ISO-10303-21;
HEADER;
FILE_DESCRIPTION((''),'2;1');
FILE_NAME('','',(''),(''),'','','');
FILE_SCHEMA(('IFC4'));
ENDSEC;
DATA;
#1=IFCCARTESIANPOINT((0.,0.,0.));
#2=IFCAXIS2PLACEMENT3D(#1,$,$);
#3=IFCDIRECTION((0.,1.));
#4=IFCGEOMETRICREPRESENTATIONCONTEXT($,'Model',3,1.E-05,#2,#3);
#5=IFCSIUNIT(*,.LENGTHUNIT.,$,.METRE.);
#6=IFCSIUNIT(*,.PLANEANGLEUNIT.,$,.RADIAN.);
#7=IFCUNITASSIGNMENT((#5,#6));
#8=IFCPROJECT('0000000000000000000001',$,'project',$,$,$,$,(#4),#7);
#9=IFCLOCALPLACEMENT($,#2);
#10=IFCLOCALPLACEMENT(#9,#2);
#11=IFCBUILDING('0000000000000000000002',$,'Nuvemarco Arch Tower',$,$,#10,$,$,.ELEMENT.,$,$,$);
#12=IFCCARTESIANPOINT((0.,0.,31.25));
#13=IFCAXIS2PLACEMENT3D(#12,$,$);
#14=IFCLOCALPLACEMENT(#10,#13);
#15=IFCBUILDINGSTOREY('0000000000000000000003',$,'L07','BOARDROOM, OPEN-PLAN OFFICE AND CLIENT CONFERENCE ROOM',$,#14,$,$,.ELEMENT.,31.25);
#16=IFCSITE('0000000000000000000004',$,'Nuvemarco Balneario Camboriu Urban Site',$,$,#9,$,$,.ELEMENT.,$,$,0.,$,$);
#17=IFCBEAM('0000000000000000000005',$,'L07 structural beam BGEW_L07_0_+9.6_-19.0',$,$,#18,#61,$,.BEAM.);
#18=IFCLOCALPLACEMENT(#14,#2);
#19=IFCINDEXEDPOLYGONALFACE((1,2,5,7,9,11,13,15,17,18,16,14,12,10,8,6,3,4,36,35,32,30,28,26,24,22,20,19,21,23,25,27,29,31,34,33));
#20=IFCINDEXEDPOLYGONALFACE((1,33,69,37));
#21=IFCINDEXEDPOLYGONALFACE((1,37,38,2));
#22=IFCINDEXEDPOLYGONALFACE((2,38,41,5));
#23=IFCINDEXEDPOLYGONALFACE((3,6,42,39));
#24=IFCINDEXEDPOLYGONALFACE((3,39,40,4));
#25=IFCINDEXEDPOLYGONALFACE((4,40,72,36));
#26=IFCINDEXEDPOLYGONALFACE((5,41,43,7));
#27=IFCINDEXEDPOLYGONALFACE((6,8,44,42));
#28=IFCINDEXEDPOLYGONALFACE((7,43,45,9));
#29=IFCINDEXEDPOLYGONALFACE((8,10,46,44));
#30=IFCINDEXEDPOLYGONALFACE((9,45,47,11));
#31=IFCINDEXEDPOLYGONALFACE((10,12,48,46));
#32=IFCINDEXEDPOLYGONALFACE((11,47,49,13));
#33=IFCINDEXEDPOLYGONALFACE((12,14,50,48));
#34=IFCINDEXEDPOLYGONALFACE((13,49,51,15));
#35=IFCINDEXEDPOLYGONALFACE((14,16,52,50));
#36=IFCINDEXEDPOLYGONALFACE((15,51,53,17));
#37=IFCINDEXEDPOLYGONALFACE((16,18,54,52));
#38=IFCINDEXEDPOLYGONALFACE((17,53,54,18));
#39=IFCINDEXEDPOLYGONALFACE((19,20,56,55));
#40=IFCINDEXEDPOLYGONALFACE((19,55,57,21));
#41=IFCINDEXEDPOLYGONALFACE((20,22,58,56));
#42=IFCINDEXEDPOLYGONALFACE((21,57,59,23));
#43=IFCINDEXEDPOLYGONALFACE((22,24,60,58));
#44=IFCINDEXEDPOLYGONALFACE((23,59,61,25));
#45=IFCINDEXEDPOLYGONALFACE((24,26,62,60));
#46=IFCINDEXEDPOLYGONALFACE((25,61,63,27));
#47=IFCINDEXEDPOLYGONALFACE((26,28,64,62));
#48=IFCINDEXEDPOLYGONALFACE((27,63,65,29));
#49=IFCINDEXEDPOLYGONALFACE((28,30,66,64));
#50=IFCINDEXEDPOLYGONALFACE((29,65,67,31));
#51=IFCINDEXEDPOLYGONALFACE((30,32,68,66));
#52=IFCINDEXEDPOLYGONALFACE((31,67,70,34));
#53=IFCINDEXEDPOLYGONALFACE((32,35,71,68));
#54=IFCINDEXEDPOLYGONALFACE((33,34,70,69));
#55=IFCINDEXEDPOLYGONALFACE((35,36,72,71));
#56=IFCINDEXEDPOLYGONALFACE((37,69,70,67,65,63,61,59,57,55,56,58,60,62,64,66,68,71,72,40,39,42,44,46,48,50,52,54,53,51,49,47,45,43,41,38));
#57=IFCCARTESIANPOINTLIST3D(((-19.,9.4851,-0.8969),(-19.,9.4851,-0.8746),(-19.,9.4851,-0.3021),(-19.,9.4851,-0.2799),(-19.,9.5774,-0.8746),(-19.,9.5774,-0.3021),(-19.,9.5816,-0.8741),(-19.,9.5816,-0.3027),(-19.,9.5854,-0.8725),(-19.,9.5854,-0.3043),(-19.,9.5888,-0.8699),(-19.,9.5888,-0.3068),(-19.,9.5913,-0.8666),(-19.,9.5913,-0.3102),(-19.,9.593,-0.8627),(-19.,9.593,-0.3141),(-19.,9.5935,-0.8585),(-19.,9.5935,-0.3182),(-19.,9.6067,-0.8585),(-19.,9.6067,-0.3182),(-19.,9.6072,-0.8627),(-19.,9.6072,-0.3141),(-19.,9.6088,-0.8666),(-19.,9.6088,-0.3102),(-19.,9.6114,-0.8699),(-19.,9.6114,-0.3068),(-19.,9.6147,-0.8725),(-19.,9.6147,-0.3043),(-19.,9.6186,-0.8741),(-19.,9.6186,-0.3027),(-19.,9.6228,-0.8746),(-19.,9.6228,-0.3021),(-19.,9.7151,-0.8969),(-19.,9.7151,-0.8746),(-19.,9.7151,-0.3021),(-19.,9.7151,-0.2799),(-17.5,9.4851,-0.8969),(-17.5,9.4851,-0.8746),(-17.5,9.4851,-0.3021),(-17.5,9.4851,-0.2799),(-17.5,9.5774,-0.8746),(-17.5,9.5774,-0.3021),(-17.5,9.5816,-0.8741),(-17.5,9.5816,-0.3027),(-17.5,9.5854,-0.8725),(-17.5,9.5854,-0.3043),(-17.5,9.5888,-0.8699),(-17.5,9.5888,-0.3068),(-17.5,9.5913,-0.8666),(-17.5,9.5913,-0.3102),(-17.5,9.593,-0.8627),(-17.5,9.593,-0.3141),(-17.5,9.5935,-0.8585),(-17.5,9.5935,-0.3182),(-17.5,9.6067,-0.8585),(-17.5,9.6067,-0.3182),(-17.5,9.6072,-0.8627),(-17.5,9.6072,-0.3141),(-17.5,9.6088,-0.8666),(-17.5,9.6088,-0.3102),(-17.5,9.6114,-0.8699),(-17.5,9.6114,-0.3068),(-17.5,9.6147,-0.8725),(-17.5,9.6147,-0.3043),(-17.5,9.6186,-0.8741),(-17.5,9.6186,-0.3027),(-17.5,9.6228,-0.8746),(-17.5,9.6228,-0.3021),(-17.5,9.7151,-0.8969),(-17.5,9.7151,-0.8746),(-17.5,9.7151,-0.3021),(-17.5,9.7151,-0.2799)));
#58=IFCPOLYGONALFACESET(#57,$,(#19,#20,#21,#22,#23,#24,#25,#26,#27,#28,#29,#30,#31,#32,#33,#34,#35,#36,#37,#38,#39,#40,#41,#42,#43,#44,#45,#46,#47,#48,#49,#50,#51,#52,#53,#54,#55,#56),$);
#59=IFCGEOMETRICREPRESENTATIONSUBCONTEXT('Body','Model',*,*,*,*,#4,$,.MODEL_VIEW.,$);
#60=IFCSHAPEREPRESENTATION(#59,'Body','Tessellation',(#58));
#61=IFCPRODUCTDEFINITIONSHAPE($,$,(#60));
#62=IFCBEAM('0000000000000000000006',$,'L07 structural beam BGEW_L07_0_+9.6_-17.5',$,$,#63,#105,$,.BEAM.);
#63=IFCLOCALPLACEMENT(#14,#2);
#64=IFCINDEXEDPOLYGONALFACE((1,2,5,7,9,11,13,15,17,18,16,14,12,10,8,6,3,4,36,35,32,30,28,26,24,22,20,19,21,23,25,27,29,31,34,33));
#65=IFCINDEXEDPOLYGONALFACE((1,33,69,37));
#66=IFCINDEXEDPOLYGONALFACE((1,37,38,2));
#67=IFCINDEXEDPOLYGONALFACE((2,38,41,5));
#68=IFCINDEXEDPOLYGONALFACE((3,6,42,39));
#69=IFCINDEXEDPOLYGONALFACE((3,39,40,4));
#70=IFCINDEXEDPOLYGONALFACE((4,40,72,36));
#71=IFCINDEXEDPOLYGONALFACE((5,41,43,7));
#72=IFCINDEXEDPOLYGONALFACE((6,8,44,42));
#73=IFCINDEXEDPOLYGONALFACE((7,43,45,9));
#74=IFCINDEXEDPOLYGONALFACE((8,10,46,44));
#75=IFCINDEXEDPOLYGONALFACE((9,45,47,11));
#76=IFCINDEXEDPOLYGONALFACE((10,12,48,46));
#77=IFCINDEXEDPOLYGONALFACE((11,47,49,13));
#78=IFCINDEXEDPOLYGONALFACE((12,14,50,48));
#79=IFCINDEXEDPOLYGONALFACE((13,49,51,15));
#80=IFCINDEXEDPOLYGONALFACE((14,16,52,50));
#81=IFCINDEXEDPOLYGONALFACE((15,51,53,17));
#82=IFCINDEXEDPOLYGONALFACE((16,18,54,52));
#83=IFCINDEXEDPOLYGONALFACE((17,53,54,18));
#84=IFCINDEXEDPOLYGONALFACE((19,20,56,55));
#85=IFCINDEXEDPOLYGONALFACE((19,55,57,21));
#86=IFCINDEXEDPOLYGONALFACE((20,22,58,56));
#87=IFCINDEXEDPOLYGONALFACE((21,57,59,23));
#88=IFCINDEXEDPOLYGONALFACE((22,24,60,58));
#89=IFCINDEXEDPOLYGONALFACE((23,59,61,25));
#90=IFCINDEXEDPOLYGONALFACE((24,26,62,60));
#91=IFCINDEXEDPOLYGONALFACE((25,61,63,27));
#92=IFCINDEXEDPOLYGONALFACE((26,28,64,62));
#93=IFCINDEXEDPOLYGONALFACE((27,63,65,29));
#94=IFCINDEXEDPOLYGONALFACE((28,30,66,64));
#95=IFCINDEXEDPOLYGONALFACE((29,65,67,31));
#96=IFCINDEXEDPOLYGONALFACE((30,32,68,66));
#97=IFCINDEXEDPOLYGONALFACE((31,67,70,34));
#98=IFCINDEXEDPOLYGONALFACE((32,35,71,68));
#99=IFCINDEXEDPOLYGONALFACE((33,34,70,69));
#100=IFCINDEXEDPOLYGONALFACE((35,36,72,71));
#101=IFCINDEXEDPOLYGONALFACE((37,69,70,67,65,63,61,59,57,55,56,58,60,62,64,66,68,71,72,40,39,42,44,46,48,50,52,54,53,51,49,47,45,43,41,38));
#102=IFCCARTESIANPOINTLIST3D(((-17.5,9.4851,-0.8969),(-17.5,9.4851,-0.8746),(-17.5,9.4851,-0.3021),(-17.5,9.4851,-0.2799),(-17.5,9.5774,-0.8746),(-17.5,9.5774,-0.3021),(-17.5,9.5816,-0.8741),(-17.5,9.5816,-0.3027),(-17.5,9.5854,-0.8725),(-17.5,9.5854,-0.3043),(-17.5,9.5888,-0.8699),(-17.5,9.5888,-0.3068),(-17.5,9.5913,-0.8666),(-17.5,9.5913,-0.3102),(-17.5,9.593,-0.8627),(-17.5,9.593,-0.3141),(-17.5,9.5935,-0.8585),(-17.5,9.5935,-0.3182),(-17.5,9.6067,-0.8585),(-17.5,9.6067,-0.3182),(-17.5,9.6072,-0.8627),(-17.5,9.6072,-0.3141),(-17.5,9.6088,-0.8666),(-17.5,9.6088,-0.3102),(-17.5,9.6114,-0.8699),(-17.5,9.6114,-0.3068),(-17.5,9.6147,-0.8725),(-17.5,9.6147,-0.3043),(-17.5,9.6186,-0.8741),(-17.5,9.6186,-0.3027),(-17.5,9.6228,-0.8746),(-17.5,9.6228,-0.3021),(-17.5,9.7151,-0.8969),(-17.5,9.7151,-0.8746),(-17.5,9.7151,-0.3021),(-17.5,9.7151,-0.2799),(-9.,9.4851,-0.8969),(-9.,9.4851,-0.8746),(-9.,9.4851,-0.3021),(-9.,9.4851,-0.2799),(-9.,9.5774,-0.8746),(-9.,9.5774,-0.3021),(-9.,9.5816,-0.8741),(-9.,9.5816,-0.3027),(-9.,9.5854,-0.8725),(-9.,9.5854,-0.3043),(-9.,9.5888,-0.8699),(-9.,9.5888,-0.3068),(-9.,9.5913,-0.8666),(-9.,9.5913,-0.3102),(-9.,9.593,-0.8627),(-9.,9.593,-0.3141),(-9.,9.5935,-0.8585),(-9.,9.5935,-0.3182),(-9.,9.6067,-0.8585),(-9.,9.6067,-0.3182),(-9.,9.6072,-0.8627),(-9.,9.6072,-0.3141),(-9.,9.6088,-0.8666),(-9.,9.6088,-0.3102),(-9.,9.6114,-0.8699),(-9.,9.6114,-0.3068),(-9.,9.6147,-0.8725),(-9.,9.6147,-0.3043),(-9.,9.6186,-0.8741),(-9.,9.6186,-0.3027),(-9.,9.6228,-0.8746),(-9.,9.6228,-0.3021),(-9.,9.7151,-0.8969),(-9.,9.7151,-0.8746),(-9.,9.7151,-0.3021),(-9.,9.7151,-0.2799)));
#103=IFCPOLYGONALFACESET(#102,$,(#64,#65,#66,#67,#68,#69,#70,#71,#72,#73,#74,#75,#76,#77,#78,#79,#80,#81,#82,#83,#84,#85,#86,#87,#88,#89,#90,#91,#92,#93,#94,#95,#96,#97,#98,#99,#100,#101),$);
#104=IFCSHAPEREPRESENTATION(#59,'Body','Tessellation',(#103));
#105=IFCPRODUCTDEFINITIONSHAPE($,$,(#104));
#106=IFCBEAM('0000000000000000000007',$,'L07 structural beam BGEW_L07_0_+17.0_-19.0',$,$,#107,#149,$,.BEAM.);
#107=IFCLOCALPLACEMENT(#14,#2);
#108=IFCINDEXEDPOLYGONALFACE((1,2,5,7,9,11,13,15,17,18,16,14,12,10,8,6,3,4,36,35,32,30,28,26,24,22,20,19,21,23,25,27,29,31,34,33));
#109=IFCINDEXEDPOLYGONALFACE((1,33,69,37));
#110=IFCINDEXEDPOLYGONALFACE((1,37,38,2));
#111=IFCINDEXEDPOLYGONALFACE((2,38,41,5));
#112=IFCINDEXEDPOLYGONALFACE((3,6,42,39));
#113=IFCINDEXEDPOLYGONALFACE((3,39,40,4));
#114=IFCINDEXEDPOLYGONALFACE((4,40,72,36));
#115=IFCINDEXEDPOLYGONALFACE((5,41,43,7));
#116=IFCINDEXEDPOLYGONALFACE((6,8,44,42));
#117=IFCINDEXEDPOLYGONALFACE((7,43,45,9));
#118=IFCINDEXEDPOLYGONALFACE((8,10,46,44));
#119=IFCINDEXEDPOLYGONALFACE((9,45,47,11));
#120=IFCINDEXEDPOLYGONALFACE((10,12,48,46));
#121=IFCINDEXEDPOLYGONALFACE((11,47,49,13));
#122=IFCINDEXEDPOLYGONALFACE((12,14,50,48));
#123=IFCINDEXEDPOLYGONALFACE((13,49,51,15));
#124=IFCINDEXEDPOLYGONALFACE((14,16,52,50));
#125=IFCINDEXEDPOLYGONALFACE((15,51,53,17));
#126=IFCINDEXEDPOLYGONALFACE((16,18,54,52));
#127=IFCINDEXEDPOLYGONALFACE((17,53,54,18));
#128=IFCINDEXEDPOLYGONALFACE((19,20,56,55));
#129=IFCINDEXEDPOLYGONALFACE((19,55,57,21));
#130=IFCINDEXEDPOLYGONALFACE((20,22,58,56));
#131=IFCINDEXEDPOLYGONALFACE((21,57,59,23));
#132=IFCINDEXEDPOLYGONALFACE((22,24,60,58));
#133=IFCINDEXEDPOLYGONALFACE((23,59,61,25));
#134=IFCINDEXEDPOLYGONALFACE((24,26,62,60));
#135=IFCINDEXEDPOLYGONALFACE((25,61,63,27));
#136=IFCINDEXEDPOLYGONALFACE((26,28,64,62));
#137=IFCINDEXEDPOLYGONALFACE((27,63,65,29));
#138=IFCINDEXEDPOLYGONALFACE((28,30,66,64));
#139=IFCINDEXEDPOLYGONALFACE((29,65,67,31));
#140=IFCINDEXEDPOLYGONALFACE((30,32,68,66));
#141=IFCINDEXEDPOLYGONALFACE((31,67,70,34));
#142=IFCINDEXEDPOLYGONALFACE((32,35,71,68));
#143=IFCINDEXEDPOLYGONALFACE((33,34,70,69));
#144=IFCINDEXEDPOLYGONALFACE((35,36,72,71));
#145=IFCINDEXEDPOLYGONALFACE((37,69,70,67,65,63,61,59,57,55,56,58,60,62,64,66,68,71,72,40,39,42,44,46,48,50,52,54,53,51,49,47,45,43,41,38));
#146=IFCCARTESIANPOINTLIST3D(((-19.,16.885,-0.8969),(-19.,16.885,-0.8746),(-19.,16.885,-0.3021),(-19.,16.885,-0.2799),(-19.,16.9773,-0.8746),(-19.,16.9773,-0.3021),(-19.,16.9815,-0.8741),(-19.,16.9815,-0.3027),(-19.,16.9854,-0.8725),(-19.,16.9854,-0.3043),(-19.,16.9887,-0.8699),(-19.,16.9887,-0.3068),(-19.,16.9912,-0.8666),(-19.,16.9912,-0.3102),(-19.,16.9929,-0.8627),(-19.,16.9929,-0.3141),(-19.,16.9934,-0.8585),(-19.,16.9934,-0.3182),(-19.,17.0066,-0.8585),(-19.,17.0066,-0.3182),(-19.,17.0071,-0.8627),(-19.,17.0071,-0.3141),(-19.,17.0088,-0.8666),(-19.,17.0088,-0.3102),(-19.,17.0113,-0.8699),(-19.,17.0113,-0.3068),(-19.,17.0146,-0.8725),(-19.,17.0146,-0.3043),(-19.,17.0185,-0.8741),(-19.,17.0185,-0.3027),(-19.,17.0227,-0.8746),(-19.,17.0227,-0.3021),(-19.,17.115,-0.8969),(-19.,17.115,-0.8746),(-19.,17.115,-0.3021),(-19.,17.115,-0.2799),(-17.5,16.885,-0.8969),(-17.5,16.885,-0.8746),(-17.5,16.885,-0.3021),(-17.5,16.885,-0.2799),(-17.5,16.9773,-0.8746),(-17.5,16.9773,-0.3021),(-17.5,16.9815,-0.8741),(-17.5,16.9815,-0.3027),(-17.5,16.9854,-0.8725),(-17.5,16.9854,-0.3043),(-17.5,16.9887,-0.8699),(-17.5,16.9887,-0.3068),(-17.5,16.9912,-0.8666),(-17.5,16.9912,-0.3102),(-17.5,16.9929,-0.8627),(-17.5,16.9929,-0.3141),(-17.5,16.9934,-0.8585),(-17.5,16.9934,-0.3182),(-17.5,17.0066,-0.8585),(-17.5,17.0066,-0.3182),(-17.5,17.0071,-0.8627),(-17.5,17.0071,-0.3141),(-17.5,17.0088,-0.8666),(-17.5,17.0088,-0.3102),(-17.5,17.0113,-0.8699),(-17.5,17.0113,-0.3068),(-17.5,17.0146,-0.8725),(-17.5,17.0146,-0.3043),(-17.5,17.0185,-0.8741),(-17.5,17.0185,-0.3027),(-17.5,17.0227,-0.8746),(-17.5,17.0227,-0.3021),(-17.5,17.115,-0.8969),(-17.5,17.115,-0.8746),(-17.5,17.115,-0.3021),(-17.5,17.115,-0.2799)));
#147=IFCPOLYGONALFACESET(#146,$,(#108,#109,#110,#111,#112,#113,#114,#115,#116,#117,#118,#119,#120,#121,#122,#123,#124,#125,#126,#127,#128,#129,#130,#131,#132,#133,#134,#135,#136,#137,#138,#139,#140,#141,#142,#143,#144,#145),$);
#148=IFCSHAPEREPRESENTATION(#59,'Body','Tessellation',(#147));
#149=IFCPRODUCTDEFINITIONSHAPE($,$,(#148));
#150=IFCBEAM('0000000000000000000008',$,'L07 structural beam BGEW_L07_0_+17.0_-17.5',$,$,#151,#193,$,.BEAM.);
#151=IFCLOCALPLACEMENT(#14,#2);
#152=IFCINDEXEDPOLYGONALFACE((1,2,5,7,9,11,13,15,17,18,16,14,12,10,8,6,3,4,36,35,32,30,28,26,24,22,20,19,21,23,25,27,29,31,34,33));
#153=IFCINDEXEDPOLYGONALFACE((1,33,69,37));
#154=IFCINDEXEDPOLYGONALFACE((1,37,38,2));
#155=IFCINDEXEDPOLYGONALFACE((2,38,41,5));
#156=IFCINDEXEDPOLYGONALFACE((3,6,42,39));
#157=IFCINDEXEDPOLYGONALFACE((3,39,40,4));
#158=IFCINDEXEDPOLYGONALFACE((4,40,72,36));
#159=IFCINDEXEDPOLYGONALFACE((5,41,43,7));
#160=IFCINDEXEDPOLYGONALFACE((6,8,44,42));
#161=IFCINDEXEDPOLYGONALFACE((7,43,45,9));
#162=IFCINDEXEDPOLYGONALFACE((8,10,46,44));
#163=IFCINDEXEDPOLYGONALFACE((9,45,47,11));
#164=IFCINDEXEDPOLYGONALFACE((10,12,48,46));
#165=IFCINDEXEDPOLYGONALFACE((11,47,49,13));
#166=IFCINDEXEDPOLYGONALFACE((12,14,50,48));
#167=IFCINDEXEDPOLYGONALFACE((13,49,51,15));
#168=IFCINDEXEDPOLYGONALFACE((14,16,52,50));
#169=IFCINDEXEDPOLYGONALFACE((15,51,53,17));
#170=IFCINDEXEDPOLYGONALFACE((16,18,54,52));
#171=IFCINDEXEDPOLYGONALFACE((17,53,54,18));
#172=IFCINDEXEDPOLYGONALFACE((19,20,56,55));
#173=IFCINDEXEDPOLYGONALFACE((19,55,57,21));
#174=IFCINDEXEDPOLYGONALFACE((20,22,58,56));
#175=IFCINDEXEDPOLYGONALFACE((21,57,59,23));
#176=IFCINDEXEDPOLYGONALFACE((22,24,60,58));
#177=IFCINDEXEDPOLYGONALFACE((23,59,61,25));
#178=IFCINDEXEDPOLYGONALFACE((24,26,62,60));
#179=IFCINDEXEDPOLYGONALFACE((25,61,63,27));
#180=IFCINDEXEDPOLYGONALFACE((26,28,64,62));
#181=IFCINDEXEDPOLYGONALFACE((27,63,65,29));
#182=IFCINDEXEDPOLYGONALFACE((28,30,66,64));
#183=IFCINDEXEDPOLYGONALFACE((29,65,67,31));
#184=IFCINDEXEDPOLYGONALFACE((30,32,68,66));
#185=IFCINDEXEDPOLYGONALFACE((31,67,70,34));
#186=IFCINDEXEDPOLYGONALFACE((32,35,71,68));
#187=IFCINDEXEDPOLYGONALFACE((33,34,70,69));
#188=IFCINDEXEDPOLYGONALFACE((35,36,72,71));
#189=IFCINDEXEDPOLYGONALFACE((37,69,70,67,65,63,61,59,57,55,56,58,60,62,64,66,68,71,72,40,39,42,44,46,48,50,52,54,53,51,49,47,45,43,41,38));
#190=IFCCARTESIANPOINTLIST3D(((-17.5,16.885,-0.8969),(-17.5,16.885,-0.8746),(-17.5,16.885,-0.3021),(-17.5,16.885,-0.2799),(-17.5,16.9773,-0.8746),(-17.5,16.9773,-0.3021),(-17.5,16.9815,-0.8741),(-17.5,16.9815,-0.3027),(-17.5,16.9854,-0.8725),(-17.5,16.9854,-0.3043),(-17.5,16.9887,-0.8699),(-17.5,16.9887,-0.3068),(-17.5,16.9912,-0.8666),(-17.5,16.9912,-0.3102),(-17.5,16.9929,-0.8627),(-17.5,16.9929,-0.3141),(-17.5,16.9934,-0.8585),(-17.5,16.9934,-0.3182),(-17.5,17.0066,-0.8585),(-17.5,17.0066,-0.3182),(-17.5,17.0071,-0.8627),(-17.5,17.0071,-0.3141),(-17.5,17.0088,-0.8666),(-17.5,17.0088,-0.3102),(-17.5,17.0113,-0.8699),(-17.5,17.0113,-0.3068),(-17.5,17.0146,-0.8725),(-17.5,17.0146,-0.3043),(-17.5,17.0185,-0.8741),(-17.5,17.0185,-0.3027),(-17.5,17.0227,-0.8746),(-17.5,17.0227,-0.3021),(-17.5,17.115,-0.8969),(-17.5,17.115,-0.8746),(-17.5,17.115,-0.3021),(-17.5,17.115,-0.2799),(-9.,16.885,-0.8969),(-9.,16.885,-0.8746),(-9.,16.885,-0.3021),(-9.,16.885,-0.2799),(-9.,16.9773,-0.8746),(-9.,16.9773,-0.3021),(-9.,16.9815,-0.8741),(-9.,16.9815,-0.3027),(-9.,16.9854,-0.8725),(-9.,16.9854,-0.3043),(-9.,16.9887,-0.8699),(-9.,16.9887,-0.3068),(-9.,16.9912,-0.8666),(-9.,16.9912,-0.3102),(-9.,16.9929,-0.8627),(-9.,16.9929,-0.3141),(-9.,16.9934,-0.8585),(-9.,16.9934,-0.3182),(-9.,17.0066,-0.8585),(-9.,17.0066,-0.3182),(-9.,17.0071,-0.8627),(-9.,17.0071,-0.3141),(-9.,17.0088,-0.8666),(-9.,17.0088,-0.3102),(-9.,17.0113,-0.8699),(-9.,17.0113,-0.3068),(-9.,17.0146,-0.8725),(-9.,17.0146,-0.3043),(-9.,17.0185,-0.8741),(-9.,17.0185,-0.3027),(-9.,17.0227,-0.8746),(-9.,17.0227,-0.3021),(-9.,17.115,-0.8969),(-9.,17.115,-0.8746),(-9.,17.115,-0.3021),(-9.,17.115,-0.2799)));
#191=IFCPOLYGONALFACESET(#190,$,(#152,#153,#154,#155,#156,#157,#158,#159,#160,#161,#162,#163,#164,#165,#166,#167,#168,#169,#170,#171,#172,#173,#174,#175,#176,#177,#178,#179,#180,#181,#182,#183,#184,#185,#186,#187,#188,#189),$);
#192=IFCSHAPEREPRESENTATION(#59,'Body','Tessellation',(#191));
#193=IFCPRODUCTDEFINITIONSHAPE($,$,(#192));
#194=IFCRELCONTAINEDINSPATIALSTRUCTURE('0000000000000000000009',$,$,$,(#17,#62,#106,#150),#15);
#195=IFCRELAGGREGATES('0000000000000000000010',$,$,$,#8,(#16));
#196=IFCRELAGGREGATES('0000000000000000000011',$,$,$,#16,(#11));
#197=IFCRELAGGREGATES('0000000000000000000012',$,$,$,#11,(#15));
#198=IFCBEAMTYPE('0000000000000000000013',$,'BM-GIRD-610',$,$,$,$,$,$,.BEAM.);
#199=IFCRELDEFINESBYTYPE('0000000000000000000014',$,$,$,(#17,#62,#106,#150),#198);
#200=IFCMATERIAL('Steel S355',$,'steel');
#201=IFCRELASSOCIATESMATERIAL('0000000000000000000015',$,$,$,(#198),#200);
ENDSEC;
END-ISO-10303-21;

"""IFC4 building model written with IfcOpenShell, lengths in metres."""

from ifc_helpers import new_model, si_unit, direction, frame, origin, origin_2d, place, context, subcontext, project, spatial, i_section, extrude, material, material_profile, profile_set, type_object, element, save


model = new_model("IFC4")

# Units and contexts
model_context = context("Model", 3, precision=1e-05, world=origin(), true_north=direction((0.0, 1.0)))
body_context = subcontext(model_context, "Body", "Model", "MODEL_VIEW")
ifc_project = project(units=[si_unit("LENGTHUNIT", "METRE"), si_unit("PLANEANGLEUNIT", "RADIAN")], contexts=[model_context])

# Site, building, storey
site_placement = place(None, origin())
site = spatial("IfcSite", under=ifc_project, at=site_placement, Name="Nuvemarco Balneario Camboriu Urban Site", CompositionType="ELEMENT", RefElevation=0.0)
building_placement = place(site_placement, origin())
building = spatial("IfcBuilding", under=site, at=building_placement, Name="Nuvemarco Arch Tower", CompositionType="ELEMENT")
storey_placement = place(building_placement, frame((0.0, 0.0, 31.25)))
storey = spatial("IfcBuildingStorey", under=building, at=storey_placement, Name="L07", Description="BOARDROOM, OPEN-PLAN OFFICE AND CLIENT CONFERENCE ROOM", CompositionType="ELEMENT", Elevation=31.25)

# Shared definitions
ifc_material_1 = material(Name="Steel S355", Category="steel")

# Beams
ifc_material_profile_1 = material_profile(ifc_material_1, i_section(OverallWidth=0.23, OverallDepth=0.6169, WebThickness=0.0132, FlangeThickness=0.0222, FilletRadius=0.0161, at=origin_2d()), Name="W610x140")
ifc_profile_set_1 = profile_set([ifc_material_profile_1], Name="Steel S355")
beam_type_1 = type_object("IfcBeamType", Name="BM-GIRD-610", PredefinedType="BEAM", material=ifc_profile_set_1)
beam_1_placement = place(storey_placement, frame((-19.0, 9.6001, -0.5884), z_axis=(1.0, 0.0, 0.0), x_axis=(0.0, 1.0, 0.0)))
element("IfcBeam", 1, at=beam_1_placement, inside=storey, type_object=beam_type_1, Name="L07 structural beam BGEW_L07_0_+9.6_-19.0", PredefinedType="BEAM", context=body_context, shape_type="SweptSolid", body=[
    extrude(i_section(OverallWidth=0.23, OverallDepth=0.6169, WebThickness=0.0132, FlangeThickness=0.0222, FilletRadius=0.0161, at=origin_2d()), origin(), (0.0, 0.0, 1.0), 1.5),
])
beam_2_placement = place(storey_placement, frame((-17.5, 9.6001, -0.5884), z_axis=(1.0, 0.0, 0.0), x_axis=(0.0, 1.0, 0.0)))
element("IfcBeam", 2, at=beam_2_placement, inside=storey, type_object=beam_type_1, Name="L07 structural beam BGEW_L07_0_+9.6_-17.5", PredefinedType="BEAM", context=body_context, shape_type="SweptSolid", body=[
    extrude(i_section(OverallWidth=0.23, OverallDepth=0.6169, WebThickness=0.0132, FlangeThickness=0.0222, FilletRadius=0.0161, at=origin_2d()), origin(), (0.0, 0.0, 1.0), 8.5),
])
beam_3_placement = place(storey_placement, frame((-19.0, 17.0, -0.5884), z_axis=(1.0, 0.0, 0.0), x_axis=(0.0, 1.0, 0.0)))
element("IfcBeam", 3, at=beam_3_placement, inside=storey, type_object=beam_type_1, Name="L07 structural beam BGEW_L07_0_+17.0_-19.0", PredefinedType="BEAM", context=body_context, shape_type="SweptSolid", body=[
    extrude(i_section(OverallWidth=0.23, OverallDepth=0.6169, WebThickness=0.0132, FlangeThickness=0.0222, FilletRadius=0.0161, at=origin_2d()), origin(), (0.0, 0.0, 1.0), 1.5),
])
beam_4_placement = place(storey_placement, frame((-17.5, 17.0, -0.5884), z_axis=(1.0, 0.0, 0.0), x_axis=(0.0, 1.0, 0.0)))
element("IfcBeam", 4, at=beam_4_placement, inside=storey, type_object=beam_type_1, Name="L07 structural beam BGEW_L07_0_+17.0_-17.5", PredefinedType="BEAM", context=body_context, shape_type="SweptSolid", body=[
    extrude(i_section(OverallWidth=0.23, OverallDepth=0.6169, WebThickness=0.0132, FlangeThickness=0.0222, FilletRadius=0.0161, at=origin_2d()), origin(), (0.0, 0.0, 1.0), 8.5),
])

save(model, "model.ifc")
